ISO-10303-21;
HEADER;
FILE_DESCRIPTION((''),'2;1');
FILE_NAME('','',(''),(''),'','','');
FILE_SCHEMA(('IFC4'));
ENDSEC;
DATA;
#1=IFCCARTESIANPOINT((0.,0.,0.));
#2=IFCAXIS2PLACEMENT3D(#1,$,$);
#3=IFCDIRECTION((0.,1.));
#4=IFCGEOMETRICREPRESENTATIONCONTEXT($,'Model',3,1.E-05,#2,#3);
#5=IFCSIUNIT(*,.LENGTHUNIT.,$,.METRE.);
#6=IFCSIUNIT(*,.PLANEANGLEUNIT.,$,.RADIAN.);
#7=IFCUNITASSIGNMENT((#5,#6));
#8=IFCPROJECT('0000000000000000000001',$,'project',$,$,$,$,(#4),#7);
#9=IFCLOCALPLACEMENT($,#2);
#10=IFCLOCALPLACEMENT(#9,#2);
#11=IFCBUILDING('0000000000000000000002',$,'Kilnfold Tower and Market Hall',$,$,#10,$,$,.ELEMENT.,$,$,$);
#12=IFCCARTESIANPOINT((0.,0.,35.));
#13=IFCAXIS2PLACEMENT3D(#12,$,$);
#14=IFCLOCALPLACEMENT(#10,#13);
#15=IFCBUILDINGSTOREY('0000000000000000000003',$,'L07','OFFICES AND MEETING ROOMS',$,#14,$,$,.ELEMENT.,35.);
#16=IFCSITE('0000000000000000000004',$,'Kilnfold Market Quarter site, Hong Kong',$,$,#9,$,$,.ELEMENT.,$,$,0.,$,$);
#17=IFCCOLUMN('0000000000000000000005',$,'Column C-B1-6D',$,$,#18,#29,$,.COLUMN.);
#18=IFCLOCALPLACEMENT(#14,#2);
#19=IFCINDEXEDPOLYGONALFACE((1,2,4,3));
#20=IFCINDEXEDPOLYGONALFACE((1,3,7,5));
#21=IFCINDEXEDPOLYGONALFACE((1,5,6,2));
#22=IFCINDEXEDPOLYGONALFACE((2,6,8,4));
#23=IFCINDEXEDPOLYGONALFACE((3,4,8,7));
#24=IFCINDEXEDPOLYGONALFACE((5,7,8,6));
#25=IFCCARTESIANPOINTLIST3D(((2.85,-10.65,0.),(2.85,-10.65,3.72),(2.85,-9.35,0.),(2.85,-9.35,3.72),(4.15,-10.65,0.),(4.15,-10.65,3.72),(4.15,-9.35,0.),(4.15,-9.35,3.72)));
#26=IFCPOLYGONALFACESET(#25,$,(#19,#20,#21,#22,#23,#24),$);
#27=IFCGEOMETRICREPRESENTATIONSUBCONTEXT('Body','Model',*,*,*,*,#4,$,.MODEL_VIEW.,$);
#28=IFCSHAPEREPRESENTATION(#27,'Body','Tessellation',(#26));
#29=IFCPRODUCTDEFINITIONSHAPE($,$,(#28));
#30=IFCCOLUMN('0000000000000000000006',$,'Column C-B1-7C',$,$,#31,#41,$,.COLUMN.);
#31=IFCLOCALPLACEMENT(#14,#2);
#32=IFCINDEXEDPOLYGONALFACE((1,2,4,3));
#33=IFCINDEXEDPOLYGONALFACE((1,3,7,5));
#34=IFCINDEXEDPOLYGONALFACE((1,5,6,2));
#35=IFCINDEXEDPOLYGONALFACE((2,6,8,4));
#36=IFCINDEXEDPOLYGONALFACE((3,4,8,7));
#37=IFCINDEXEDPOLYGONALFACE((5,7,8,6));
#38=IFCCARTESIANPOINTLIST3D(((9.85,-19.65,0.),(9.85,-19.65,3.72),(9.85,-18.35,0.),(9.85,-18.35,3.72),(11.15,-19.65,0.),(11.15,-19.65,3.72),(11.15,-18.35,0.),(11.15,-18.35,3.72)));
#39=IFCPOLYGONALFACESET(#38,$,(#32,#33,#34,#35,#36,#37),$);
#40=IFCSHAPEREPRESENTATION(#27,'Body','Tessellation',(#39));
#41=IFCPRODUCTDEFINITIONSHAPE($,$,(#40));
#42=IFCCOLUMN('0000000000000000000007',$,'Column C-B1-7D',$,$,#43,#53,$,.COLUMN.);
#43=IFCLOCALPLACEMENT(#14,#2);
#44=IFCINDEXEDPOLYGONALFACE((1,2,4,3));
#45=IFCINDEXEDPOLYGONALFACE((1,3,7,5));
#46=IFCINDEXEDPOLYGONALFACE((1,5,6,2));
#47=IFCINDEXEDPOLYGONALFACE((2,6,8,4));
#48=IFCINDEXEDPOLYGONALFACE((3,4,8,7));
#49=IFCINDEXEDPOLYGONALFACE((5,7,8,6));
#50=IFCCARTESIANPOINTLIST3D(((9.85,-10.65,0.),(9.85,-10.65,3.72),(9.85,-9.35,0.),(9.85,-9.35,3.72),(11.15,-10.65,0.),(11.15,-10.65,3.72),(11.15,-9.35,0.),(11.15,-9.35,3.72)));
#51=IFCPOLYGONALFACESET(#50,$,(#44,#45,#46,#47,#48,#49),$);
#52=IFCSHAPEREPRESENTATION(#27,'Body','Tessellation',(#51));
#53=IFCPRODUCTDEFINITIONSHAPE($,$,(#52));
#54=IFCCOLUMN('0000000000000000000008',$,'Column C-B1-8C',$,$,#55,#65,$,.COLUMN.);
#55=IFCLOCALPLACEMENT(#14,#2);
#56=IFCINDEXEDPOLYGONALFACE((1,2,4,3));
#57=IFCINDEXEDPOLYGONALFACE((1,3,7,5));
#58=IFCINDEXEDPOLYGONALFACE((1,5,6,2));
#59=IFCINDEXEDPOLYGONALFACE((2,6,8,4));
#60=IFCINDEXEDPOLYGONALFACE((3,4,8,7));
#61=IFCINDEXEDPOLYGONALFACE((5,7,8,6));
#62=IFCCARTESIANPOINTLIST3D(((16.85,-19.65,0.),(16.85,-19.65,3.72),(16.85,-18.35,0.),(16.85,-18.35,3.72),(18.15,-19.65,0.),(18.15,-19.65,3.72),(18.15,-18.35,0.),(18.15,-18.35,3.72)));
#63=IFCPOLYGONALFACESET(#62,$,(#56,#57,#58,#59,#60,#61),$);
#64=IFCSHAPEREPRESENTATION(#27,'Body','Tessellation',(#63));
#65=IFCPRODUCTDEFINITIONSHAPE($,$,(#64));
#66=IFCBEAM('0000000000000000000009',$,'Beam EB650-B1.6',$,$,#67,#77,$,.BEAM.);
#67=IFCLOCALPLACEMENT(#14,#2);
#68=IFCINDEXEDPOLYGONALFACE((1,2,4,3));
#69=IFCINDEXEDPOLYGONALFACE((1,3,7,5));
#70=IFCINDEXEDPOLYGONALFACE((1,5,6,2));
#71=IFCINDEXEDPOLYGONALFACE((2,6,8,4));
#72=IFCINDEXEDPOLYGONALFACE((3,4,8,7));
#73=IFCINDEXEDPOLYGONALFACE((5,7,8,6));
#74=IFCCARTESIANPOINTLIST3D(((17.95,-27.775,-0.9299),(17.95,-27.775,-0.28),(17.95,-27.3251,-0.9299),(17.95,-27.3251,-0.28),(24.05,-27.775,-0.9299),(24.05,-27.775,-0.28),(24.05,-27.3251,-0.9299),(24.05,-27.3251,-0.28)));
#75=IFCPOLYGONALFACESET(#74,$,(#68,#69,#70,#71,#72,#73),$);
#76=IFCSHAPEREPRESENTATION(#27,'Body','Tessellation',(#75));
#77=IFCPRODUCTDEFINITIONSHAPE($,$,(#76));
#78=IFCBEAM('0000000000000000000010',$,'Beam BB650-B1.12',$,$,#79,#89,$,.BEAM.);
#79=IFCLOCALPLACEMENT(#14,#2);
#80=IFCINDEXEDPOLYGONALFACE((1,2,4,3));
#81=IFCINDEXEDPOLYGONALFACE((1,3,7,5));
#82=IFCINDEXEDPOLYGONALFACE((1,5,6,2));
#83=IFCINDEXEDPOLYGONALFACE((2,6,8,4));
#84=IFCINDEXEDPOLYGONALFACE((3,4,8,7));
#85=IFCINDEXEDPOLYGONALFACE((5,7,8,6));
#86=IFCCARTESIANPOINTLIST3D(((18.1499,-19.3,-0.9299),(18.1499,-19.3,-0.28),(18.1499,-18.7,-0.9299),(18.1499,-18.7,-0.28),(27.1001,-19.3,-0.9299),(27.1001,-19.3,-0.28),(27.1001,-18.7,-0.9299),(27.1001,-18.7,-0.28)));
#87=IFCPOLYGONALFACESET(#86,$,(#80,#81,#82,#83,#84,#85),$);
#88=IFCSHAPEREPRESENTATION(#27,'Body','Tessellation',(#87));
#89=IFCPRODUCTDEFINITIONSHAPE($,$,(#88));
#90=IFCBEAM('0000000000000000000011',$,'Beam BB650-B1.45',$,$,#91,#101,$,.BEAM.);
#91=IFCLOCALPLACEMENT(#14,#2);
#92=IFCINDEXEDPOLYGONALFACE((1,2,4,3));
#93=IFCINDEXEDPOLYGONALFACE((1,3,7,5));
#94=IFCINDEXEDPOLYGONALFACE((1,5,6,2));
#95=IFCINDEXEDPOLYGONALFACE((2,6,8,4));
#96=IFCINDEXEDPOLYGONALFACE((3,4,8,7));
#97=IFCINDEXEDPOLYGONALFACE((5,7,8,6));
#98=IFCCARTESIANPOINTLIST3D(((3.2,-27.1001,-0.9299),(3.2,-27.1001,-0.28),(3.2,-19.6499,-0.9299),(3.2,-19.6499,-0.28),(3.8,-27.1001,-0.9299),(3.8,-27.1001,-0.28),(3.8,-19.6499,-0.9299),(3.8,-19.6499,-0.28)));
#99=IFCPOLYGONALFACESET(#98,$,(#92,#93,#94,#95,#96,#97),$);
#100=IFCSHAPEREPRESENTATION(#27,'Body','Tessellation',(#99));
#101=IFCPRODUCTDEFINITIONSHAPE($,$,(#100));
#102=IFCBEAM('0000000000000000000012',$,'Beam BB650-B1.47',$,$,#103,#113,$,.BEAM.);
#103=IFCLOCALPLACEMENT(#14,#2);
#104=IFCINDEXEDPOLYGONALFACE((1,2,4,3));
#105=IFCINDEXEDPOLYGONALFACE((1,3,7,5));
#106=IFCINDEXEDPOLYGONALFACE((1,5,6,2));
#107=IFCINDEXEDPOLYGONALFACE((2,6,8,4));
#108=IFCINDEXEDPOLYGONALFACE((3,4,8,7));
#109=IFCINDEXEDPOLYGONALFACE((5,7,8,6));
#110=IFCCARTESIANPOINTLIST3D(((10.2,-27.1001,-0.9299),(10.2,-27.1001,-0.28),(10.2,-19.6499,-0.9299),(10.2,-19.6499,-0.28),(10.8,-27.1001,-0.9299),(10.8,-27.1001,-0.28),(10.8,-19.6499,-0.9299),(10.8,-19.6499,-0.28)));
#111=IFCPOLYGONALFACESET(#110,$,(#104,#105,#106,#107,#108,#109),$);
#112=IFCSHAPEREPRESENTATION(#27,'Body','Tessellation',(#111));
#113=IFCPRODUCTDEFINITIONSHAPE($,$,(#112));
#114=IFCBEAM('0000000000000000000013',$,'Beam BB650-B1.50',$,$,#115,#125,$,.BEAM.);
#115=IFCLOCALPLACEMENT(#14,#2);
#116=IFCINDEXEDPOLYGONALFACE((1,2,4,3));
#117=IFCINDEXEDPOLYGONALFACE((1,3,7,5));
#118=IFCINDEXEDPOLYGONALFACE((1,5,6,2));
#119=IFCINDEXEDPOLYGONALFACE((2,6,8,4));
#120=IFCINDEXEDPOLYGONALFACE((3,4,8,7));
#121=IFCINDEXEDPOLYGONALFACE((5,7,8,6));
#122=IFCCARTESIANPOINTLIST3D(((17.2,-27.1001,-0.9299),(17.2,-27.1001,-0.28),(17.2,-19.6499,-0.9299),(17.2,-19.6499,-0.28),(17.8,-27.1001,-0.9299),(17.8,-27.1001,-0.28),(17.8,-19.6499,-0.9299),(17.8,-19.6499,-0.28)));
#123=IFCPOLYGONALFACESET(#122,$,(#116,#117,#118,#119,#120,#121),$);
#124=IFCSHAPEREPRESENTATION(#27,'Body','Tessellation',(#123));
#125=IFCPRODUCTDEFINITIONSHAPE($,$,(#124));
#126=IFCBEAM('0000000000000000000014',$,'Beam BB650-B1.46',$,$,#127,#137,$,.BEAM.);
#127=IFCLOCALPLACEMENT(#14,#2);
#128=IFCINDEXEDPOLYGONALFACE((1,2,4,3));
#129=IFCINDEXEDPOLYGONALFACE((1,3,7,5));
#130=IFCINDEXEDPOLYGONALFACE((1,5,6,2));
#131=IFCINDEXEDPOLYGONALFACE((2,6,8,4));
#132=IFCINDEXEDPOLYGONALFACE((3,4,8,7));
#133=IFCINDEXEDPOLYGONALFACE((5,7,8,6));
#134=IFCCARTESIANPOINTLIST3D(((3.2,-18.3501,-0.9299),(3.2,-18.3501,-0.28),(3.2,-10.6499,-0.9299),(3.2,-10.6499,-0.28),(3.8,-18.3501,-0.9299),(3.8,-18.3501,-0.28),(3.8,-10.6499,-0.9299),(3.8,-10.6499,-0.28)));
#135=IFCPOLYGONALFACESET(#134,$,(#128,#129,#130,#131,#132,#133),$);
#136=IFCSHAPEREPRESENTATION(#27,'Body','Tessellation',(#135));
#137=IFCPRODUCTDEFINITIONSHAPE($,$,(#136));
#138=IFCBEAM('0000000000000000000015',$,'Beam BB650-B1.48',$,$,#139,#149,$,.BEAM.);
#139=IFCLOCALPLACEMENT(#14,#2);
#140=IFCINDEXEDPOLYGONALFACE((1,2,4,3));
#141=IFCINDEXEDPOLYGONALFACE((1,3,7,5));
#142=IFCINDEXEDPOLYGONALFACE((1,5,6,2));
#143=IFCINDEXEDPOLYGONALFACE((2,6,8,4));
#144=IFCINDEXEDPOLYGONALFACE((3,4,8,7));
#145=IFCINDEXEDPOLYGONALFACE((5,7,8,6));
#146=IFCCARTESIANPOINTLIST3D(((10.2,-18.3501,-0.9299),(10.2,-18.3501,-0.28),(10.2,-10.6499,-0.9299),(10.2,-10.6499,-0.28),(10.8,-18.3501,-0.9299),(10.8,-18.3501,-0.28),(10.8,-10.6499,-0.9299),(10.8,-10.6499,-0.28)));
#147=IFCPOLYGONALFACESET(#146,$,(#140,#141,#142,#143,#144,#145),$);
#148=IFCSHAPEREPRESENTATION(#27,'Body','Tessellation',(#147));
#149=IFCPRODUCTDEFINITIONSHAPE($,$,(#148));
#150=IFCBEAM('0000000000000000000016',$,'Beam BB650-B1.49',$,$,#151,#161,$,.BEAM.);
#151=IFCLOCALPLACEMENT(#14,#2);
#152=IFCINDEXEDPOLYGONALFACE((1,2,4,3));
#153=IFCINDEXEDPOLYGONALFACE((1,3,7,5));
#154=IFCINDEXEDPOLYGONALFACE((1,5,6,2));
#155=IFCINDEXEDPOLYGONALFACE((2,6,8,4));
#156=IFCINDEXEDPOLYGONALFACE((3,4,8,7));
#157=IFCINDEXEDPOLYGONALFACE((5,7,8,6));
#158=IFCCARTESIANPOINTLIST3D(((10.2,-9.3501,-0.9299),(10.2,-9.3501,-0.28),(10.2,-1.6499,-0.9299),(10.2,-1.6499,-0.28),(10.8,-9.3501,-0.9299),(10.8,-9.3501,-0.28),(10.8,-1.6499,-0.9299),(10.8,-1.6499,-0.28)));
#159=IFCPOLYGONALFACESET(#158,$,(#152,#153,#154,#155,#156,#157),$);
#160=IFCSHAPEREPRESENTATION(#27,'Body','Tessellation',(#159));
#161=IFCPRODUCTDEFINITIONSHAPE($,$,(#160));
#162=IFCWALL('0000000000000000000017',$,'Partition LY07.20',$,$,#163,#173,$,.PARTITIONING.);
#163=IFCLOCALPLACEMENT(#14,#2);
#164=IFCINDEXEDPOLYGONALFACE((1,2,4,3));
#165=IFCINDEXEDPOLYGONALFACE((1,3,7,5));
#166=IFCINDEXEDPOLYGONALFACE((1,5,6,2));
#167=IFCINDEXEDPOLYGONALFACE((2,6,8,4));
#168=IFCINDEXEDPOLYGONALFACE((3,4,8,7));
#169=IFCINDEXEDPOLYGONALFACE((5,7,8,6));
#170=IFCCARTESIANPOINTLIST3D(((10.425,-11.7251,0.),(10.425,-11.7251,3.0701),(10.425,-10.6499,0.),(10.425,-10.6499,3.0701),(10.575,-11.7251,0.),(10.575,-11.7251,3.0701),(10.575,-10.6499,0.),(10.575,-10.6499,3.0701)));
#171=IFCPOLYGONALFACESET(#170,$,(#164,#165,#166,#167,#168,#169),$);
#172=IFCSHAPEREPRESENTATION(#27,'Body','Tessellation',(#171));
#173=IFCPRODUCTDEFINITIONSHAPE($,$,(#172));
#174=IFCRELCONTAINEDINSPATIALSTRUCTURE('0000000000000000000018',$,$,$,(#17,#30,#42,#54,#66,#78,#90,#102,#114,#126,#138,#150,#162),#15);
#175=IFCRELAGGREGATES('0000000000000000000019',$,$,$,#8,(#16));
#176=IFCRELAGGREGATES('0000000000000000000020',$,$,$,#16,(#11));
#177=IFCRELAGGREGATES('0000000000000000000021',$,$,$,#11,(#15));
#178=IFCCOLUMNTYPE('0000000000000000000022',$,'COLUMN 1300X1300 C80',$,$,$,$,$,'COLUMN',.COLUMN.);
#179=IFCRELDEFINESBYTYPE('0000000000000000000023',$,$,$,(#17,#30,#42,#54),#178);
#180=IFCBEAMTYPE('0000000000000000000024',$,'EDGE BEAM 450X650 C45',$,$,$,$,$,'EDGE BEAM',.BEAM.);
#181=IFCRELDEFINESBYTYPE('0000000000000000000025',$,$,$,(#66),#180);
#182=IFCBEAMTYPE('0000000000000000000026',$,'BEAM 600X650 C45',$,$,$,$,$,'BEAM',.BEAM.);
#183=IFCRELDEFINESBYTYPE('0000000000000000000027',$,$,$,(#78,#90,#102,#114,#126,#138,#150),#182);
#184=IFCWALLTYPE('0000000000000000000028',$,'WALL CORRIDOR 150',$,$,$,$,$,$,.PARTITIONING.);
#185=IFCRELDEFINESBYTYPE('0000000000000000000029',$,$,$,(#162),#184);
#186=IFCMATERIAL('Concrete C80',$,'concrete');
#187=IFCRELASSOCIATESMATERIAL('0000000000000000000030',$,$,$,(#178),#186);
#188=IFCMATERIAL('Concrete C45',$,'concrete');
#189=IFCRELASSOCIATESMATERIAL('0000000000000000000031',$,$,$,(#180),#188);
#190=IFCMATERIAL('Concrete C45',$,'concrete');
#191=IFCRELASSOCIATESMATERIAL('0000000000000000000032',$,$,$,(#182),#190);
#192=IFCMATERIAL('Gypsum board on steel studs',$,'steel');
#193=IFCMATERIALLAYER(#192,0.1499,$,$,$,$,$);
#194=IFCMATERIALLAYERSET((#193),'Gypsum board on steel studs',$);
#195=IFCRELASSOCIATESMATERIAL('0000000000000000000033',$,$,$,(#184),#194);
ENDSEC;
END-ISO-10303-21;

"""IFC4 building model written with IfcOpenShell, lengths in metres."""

from ifc_helpers import new_model, si_unit, direction, frame, frame_2d, origin, origin_2d, place, context, subcontext, project, spatial, rectangle, extrude, source, transform, mapped, material, layer, layer_set, material_profile, profile_set, type_object, element, save


model = new_model("IFC4")

# Units and contexts
model_context = context("Model", 3, precision=1e-05, world=origin(), true_north=direction((0.0, 1.0)))
body_context = subcontext(model_context, "Body", "Model", "MODEL_VIEW")
ifc_project = project(units=[si_unit("LENGTHUNIT", "METRE"), si_unit("PLANEANGLEUNIT", "RADIAN")], contexts=[model_context])

# Site, building, storey
site_placement = place(None, origin())
site = spatial("IfcSite", under=ifc_project, at=site_placement, Name="Kilnfold Market Quarter site, Hong Kong", CompositionType="ELEMENT", RefElevation=0.0)
building_placement = place(site_placement, origin())
building = spatial("IfcBuilding", under=site, at=building_placement, Name="Kilnfold Tower and Market Hall", CompositionType="ELEMENT")
storey_placement = place(building_placement, frame((0.0, 0.0, 35.0)))
storey = spatial("IfcBuildingStorey", under=building, at=storey_placement, Name="L07", Description="OFFICES AND MEETING ROOMS", CompositionType="ELEMENT", Elevation=35.0)

# Columns
ifc_material_1 = material(Name="Concrete C80", Category="concrete")
ifc_material_profile_1 = material_profile(ifc_material_1, rectangle(XDim=1.3, YDim=1.3, at=origin_2d()), Name="RC 1300x1300")
ifc_profile_set_1 = profile_set([ifc_material_profile_1], Name="Concrete C80")
column_type = type_object("IfcColumnType", Name="COLUMN 1300X1300 C80", ElementType="COLUMN", PredefinedType="COLUMN", material=ifc_profile_set_1)
shared_shape_1 = source(origin(), body_context, "Body", "SweptSolid", [
    extrude(rectangle(XDim=1.3, YDim=1.3, at=origin_2d()), origin(), (0.0, 0.0, 1.0), 3.72),
])
for number, where, z_axis, x_axis, name in (
    (1, (3.5, -10.0, 0.0), (0.0, 0.0, 1.0), (1.0, 0.0, 0.0), "Column C-B1-6D"),
    (2, (10.5, -19.0, 0.0), (0.0, 0.0, 1.0), (1.0, 0.0, 0.0), "Column C-B1-7C"),
    (3, (10.5, -10.0, 0.0), (0.0, 0.0, 1.0), (1.0, 0.0, 0.0), "Column C-B1-7D"),
    (4, (17.5, -19.0, 0.0), (0.0, 0.0, 1.0), (1.0, 0.0, 0.0), "Column C-B1-8C"),
):
    element("IfcColumn", number, at=place(storey_placement, frame(where, z_axis=z_axis, x_axis=x_axis)), inside=storey, type_object=column_type, Name=name, PredefinedType="COLUMN", context=body_context, shape_type="MappedRepresentation", body=[
        mapped(shared_shape_1, transform((0.0, 0.0, 0.0))),
    ])

# Beams
ifc_material_2 = material(Name="Concrete C45", Category="concrete")
ifc_material_profile_2 = material_profile(ifc_material_2, rectangle(XDim=0.45, YDim=0.6499, at=origin_2d()), Name="RC 450x650")
ifc_profile_set_2 = profile_set([ifc_material_profile_2], Name="Concrete C45")
beam_type_1 = type_object("IfcBeamType", Name="EDGE BEAM 450X650 C45", ElementType="EDGE BEAM", PredefinedType="BEAM", material=ifc_profile_set_2)
shared_shape_2 = source(origin(), body_context, "Body", "SweptSolid", [
    extrude(rectangle(XDim=0.45, YDim=0.6499, at=origin_2d()), origin(), (0.0, 0.0, 1.0), 6.1001),
])
beam_1_placement = place(storey_placement, frame((17.95, -27.55, -0.605), z_axis=(1.0, 0.0, 0.0), x_axis=(0.0, 1.0, 0.0)))
element("IfcBeam", 5, at=beam_1_placement, inside=storey, type_object=beam_type_1, Name="Beam EB650-B1.6", PredefinedType="BEAM", context=body_context, shape_type="MappedRepresentation", body=[
    mapped(shared_shape_2, transform((0.0, 0.0, 0.0))),
])
ifc_material_3 = material(Name="Concrete C45", Category="concrete")
ifc_material_profile_3 = material_profile(ifc_material_3, rectangle(XDim=0.6001, YDim=0.6499, at=origin_2d()), Name="RC 600x650")
ifc_profile_set_3 = profile_set([ifc_material_profile_3], Name="Concrete C45")
beam_type_2 = type_object("IfcBeamType", Name="BEAM 600X650 C45", ElementType="BEAM", PredefinedType="BEAM", material=ifc_profile_set_3)
shared_shape_3 = source(origin(), body_context, "Body", "SweptSolid", [
    extrude(rectangle(XDim=0.6001, YDim=0.6499, at=origin_2d()), origin(), (0.0, 0.0, 1.0), 8.9502),
])
beam_2_placement = place(storey_placement, frame((18.1499, -19.0, -0.605), z_axis=(1.0, 0.0, 0.0), x_axis=(0.0, 1.0, 0.0)))
element("IfcBeam", 6, at=beam_2_placement, inside=storey, type_object=beam_type_2, Name="Beam BB650-B1.12", PredefinedType="BEAM", context=body_context, shape_type="MappedRepresentation", body=[
    mapped(shared_shape_3, transform((0.0, 0.0, 0.0))),
])
shared_shape_4 = source(origin(), body_context, "Body", "SweptSolid", [
    extrude(rectangle(XDim=0.6001, YDim=0.6499, at=origin_2d()), origin(), (0.0, 0.0, 1.0), 7.4502),
])
for number, where, z_axis, x_axis, name in (
    (7, (3.5, -27.1001, -0.605), (0.0, 1.0, 0.0), (-1.0, 0.0, 0.0), "Beam BB650-B1.45"),
    (8, (10.5, -27.1001, -0.605), (0.0, 1.0, 0.0), (-1.0, 0.0, 0.0), "Beam BB650-B1.47"),
    (9, (17.5, -27.1001, -0.605), (0.0, 1.0, 0.0), (-1.0, 0.0, 0.0), "Beam BB650-B1.50"),
):
    element("IfcBeam", number, at=place(storey_placement, frame(where, z_axis=z_axis, x_axis=x_axis)), inside=storey, type_object=beam_type_2, Name=name, PredefinedType="BEAM", context=body_context, shape_type="MappedRepresentation", body=[
        mapped(shared_shape_4, transform((0.0, 0.0, 0.0))),
    ])
shared_shape_5 = source(origin(), body_context, "Body", "SweptSolid", [
    extrude(rectangle(XDim=0.6001, YDim=0.6499, at=origin_2d()), origin(), (0.0, 0.0, 1.0), 7.7002),
])
for number, where, z_axis, x_axis, name in (
    (10, (3.5, -18.3501, -0.605), (0.0, 1.0, 0.0), (-1.0, 0.0, 0.0), "Beam BB650-B1.46"),
    (11, (10.5, -18.3501, -0.605), (0.0, 1.0, 0.0), (-1.0, 0.0, 0.0), "Beam BB650-B1.48"),
    (12, (10.5, -9.3501, -0.605), (0.0, 1.0, 0.0), (-1.0, 0.0, 0.0), "Beam BB650-B1.49"),
):
    element("IfcBeam", number, at=place(storey_placement, frame(where, z_axis=z_axis, x_axis=x_axis)), inside=storey, type_object=beam_type_2, Name=name, PredefinedType="BEAM", context=body_context, shape_type="MappedRepresentation", body=[
        mapped(shared_shape_5, transform((0.0, 0.0, 0.0))),
    ])

# Wall
ifc_material_4 = material(Name="Gypsum board on steel studs", Category="steel")
ifc_layer_1 = layer(ifc_material_4, 0.1499)
ifc_layer_set_1 = layer_set([ifc_layer_1], Name="Gypsum board on steel studs")
wall_type_1 = type_object("IfcWallType", Name="WALL CORRIDOR 150", PredefinedType="PARTITIONING", material=ifc_layer_set_1)
wall_1_placement = place(storey_placement, frame((10.5, -11.7251, 0.0), z_axis=(0.0, 0.0, 1.0), x_axis=(0.0, 1.0, 0.0)))
element("IfcWall", 13, at=wall_1_placement, inside=storey, type_object=wall_type_1, Name="Partition LY07.20", PredefinedType="PARTITIONING", context=body_context, shape_type="SweptSolid", body=[
    extrude(rectangle(XDim=1.0752, YDim=0.1499, at=frame_2d((0.5376, 0.0))), origin(), (0.0, 0.0, 1.0), 3.0701),
])

save(model, "model.ifc")
